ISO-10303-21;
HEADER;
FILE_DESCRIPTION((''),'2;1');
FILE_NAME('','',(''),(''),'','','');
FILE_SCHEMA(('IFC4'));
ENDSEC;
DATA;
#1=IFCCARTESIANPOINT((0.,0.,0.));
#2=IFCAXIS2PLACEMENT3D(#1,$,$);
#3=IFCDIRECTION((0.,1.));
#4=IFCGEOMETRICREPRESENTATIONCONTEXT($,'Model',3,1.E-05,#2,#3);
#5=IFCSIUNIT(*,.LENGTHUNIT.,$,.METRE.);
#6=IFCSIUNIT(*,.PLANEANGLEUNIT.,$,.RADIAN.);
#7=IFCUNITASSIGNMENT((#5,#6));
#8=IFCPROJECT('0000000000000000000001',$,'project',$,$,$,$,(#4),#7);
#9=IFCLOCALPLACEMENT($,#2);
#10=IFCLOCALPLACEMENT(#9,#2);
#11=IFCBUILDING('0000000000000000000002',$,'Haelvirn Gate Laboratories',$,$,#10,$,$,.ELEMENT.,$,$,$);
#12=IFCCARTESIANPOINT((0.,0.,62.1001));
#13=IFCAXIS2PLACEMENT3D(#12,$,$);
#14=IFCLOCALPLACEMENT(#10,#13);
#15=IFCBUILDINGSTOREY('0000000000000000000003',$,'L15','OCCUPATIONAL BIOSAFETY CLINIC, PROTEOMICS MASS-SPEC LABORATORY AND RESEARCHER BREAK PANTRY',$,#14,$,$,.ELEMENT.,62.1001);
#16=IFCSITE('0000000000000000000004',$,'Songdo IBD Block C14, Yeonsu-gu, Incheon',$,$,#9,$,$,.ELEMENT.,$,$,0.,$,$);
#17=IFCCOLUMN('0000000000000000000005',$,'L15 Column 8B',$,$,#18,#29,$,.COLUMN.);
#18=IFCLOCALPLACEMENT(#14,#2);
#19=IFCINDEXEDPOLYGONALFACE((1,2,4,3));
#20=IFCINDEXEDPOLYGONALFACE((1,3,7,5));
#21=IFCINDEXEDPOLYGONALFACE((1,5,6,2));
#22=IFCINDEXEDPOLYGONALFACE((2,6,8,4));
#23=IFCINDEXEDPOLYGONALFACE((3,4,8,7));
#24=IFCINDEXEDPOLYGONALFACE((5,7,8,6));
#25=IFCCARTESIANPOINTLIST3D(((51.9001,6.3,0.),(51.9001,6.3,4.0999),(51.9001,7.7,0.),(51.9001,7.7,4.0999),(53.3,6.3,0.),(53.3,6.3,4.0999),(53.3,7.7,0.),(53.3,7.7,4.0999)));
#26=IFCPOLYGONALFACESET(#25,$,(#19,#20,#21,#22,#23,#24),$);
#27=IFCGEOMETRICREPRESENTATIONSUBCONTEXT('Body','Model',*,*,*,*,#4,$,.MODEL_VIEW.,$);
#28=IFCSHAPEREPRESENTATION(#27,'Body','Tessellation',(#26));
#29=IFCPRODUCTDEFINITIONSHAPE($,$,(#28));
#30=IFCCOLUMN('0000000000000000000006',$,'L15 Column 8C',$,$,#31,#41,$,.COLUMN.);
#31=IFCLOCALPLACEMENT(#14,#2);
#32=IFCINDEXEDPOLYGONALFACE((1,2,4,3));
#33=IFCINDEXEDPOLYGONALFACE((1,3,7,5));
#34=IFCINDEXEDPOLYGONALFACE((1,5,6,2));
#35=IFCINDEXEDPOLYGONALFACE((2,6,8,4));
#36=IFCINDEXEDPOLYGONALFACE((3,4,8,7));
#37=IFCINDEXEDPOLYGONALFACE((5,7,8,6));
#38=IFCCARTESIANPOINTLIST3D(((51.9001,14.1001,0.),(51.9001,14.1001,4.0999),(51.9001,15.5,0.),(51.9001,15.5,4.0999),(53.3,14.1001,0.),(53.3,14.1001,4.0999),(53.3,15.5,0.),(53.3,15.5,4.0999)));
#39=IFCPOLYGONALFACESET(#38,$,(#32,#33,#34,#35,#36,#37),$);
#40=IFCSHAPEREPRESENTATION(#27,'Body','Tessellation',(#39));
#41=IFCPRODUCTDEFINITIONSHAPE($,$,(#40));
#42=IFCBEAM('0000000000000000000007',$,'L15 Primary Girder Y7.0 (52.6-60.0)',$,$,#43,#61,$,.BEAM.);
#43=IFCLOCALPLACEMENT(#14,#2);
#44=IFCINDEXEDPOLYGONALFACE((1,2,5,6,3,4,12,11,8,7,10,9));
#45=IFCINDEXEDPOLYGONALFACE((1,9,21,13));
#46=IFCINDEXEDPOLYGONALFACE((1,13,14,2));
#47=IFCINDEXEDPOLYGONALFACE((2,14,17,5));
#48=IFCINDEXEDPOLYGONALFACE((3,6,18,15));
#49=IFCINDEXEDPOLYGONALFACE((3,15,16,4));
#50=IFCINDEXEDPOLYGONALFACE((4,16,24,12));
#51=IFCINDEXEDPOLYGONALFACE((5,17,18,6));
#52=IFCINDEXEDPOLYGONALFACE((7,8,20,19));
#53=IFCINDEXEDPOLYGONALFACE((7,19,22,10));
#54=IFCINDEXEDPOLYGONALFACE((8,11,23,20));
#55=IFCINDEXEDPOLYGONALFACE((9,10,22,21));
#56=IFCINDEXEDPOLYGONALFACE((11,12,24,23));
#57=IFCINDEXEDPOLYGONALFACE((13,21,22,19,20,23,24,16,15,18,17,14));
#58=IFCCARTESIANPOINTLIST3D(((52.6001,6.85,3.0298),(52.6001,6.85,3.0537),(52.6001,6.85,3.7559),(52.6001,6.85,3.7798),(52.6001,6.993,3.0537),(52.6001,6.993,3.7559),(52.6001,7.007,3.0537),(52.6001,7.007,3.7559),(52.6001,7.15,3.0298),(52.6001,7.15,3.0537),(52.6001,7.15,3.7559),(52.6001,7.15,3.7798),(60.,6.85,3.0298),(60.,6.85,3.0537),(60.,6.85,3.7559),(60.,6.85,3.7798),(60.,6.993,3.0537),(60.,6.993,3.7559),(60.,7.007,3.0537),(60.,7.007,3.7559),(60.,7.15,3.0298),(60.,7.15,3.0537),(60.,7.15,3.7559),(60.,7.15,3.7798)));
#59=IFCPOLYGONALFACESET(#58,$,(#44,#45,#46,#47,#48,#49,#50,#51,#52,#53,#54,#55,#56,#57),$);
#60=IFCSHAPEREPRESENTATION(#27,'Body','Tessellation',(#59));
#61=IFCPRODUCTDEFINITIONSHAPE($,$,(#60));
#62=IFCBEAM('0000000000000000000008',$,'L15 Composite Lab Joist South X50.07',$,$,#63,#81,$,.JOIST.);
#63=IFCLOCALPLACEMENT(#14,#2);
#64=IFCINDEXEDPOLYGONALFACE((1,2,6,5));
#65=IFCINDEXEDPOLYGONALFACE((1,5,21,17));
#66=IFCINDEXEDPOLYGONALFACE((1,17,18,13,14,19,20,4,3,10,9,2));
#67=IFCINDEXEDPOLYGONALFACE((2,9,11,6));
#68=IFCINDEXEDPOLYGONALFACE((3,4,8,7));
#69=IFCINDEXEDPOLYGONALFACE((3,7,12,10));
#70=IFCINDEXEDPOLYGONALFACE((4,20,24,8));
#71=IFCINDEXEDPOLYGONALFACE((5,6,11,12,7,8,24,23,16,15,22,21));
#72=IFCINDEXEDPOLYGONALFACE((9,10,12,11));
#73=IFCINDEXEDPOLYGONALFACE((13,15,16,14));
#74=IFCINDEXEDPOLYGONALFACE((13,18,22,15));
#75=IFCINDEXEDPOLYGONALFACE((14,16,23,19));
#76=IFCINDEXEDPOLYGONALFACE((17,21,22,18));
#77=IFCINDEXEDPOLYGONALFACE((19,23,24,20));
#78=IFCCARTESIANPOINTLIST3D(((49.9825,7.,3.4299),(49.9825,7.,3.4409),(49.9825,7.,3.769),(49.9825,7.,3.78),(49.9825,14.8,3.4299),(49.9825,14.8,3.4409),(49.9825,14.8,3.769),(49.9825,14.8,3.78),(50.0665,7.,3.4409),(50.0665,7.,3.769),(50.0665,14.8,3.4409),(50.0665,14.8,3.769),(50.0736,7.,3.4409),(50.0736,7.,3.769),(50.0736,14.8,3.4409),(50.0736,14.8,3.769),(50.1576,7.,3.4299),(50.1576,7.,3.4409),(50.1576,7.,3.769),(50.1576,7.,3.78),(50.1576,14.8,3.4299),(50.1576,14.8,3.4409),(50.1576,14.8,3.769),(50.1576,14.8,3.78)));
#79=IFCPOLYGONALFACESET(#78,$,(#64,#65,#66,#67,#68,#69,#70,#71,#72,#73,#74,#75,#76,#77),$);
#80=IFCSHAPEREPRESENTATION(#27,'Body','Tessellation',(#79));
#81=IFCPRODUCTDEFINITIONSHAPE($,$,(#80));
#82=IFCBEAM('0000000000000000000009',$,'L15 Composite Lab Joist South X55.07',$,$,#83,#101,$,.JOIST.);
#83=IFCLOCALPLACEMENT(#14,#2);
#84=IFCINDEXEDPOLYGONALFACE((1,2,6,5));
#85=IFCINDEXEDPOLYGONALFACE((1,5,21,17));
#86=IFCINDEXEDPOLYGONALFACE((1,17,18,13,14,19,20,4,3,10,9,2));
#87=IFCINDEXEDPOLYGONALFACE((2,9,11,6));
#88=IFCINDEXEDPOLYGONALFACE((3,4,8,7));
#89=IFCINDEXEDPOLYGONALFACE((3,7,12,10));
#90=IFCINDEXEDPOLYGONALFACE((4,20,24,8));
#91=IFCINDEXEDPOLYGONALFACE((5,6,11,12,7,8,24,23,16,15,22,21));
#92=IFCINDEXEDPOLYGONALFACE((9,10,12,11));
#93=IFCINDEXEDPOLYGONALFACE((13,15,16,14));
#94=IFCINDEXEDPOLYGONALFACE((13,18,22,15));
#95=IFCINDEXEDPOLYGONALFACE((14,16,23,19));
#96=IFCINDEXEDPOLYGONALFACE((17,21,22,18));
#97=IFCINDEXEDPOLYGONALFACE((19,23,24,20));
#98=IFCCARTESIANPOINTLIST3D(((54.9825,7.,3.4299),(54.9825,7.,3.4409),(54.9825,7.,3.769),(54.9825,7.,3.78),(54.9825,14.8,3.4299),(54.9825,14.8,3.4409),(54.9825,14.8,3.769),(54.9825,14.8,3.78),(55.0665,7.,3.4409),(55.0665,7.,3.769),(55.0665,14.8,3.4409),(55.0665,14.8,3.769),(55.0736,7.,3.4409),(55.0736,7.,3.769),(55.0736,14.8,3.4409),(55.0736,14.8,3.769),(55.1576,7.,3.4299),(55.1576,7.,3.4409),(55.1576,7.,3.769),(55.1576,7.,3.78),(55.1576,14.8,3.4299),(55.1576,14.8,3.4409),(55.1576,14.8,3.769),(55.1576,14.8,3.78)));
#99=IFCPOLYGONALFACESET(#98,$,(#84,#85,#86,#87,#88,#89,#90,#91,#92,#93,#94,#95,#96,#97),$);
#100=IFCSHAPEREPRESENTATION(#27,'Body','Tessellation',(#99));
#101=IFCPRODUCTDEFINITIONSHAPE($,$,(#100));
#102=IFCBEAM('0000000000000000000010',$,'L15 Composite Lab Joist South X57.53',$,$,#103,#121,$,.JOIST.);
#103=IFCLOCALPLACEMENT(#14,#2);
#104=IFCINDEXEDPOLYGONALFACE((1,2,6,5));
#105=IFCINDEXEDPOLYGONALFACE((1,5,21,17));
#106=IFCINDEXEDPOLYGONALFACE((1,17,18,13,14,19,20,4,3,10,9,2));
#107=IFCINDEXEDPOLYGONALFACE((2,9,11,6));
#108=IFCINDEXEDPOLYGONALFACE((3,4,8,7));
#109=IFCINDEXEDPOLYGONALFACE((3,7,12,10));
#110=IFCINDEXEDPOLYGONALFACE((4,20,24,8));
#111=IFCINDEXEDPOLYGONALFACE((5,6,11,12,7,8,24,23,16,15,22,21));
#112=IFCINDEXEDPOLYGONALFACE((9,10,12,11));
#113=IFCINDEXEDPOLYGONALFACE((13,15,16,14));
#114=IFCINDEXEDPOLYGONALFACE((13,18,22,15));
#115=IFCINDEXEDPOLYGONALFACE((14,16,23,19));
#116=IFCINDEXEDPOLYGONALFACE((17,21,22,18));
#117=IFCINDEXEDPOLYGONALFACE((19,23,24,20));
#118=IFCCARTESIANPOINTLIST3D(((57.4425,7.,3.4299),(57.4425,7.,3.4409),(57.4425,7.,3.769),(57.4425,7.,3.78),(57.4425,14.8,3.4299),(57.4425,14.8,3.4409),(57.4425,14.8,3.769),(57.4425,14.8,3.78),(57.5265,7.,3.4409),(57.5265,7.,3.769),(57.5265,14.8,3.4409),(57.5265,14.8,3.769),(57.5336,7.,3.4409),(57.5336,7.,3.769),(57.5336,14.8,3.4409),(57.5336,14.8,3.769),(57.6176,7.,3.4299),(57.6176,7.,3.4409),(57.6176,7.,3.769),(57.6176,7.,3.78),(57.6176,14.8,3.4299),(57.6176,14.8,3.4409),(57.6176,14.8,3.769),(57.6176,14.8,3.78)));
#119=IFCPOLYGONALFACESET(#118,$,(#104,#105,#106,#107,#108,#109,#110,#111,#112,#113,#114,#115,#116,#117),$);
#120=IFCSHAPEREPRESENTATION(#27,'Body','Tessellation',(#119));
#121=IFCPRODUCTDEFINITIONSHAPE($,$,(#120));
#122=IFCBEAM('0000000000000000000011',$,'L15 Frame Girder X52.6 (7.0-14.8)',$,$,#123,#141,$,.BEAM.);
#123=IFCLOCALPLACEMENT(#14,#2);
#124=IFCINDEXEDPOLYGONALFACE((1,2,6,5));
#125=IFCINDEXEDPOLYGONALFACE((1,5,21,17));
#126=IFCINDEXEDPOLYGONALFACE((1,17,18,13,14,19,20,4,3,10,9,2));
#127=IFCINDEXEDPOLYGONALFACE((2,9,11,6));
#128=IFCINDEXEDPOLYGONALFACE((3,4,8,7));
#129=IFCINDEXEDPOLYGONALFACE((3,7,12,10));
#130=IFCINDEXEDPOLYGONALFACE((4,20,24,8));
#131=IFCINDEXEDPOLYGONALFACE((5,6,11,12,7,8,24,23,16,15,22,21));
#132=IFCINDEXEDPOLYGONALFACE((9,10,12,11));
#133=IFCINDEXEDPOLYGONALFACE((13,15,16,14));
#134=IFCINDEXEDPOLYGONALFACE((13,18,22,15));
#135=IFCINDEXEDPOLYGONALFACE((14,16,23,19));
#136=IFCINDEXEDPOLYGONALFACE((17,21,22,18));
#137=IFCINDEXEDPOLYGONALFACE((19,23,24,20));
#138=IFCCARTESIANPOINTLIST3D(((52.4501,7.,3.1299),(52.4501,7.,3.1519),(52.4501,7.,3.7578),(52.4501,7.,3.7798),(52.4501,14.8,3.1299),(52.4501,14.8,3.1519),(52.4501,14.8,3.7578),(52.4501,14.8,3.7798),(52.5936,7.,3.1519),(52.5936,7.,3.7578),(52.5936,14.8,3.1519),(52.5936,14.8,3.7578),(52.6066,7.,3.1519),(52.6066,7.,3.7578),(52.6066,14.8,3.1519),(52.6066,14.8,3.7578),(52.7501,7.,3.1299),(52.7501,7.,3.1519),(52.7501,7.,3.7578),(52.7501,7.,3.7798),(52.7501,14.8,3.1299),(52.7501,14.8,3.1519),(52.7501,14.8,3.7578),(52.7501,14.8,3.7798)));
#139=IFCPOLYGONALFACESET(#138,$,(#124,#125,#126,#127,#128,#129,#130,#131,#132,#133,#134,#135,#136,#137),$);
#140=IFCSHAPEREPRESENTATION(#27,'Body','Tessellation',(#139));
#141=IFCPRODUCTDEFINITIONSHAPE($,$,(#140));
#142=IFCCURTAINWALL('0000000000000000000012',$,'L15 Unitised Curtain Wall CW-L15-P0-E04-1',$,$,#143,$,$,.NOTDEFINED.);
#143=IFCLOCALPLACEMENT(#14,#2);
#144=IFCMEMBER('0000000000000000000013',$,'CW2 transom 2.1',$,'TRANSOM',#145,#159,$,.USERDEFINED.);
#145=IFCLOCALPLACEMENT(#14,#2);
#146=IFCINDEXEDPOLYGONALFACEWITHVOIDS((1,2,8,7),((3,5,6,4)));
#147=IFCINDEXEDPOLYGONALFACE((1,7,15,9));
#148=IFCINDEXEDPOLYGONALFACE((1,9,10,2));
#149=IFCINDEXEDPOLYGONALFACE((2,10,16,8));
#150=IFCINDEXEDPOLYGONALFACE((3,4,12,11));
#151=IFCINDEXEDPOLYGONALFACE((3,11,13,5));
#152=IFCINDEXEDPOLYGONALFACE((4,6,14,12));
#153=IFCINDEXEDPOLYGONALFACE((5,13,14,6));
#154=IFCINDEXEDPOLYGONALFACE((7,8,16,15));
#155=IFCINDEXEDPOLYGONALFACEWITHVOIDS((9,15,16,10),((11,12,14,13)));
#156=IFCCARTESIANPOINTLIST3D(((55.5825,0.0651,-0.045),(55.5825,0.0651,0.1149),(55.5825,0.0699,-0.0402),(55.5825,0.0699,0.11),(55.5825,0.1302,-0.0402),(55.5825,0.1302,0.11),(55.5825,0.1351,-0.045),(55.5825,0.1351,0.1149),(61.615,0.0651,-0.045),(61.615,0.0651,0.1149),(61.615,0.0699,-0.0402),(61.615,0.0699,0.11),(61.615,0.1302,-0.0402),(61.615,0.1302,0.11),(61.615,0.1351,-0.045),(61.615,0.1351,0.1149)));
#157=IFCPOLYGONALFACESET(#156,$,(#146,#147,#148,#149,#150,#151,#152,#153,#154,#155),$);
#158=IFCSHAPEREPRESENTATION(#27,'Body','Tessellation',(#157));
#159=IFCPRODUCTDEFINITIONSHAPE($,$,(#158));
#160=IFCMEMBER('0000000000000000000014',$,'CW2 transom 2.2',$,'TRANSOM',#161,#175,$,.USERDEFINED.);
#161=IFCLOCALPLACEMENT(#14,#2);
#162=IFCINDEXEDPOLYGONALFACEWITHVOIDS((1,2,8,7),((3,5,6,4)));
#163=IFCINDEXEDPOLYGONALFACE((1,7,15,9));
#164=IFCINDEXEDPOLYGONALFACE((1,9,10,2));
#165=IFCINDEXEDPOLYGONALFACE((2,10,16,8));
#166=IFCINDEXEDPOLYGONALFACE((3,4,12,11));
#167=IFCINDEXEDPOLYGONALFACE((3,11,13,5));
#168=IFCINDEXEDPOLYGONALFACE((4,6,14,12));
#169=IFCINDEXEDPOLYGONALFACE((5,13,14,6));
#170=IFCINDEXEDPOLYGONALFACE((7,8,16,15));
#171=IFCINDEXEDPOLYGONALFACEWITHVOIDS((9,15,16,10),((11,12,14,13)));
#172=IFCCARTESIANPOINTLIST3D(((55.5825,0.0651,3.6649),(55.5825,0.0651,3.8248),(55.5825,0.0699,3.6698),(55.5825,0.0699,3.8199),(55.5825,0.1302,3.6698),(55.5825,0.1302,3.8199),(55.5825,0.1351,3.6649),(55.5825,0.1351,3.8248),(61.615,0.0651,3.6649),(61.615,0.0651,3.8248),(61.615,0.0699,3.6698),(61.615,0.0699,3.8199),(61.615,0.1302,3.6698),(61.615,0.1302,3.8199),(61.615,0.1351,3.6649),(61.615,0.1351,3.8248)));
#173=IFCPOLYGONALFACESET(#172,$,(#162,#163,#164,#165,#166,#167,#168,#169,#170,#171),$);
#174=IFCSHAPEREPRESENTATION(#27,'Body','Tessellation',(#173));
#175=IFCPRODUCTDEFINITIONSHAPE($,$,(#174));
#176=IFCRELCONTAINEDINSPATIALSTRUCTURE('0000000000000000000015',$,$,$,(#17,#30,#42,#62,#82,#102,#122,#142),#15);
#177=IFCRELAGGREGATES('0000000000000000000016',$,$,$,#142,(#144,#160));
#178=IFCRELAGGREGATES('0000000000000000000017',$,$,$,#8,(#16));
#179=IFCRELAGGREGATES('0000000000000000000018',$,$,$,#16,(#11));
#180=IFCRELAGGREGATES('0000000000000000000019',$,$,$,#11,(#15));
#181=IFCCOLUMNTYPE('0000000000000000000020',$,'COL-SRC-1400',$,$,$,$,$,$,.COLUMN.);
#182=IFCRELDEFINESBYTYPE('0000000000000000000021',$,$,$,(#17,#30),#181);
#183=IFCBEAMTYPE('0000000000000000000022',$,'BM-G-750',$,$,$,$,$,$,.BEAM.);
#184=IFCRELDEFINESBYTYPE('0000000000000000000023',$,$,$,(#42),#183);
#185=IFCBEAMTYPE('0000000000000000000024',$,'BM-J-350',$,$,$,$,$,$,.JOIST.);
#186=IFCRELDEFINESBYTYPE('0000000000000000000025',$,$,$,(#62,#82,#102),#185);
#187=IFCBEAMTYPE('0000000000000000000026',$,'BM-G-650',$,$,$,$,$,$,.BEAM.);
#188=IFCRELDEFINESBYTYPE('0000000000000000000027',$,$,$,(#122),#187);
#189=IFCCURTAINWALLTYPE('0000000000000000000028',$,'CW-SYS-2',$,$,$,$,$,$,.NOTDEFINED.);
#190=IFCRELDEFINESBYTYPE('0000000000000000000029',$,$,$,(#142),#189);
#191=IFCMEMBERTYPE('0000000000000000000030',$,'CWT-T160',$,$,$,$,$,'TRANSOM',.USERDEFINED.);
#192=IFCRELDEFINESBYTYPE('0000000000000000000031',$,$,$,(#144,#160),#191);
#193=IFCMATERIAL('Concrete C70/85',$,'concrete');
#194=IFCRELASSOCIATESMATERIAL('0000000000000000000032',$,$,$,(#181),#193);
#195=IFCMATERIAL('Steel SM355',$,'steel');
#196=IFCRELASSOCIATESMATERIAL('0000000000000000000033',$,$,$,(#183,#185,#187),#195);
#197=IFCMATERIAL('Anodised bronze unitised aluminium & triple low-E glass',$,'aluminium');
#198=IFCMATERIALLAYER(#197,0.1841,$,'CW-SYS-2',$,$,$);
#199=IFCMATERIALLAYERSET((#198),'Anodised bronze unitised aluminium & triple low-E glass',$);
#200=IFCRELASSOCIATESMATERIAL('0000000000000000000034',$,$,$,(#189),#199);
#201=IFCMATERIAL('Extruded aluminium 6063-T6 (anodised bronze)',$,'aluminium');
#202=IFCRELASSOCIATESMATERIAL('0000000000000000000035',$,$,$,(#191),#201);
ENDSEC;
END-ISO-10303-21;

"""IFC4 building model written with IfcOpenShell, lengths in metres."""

from ifc_helpers import new_model, si_unit, direction, frame, origin, origin_2d, place, context, subcontext, project, spatial, rectangle, hollow_rectangle, i_section, extrude, source, transform, mapped, material, layer, layer_set, material_profile, profile_set, type_object, type_shapes, element, aggregate, save


model = new_model("IFC4")

# Units and contexts
model_context = context("Model", 3, precision=1e-05, world=origin(), true_north=direction((0.0, 1.0)))
body_context = subcontext(model_context, "Body", "Model", "MODEL_VIEW")
ifc_project = project(units=[si_unit("LENGTHUNIT", "METRE"), si_unit("PLANEANGLEUNIT", "RADIAN")], contexts=[model_context])

# Site, building, storey
site_placement = place(None, origin())
site = spatial("IfcSite", under=ifc_project, at=site_placement, Name="Songdo IBD Block C14, Yeonsu-gu, Incheon", CompositionType="ELEMENT", RefElevation=0.0)
building_placement = place(site_placement, origin())
building = spatial("IfcBuilding", under=site, at=building_placement, Name="Haelvirn Gate Laboratories", CompositionType="ELEMENT")
storey_placement = place(building_placement, frame((0.0, 0.0, 62.1001)))
storey = spatial("IfcBuildingStorey", under=building, at=storey_placement, Name="L15", Description="OCCUPATIONAL BIOSAFETY CLINIC, PROTEOMICS MASS-SPEC LABORATORY AND RESEARCHER BREAK PANTRY", CompositionType="ELEMENT", Elevation=62.1001)

# Columns
ifc_material_1 = material(Name="Concrete C70/85", Category="concrete")
ifc_material_profile_1 = material_profile(ifc_material_1, rectangle(XDim=1.3999, YDim=1.3999, at=origin_2d()), Name="SRC-1400x1400")
ifc_profile_set_1 = profile_set([ifc_material_profile_1], Name="Concrete C70/85")
column_type = type_object("IfcColumnType", Name="COL-SRC-1400", PredefinedType="COLUMN", material=ifc_profile_set_1)
shared_shape_1 = source(origin(), body_context, "Body", "SweptSolid", [
    extrude(rectangle(XDim=1.3999, YDim=1.3999, at=origin_2d()), origin(), (0.0, 0.0, 1.0), 4.0999),
])
type_shapes(column_type, [shared_shape_1])
for number, where, z_axis, x_axis, name in (
    (1, (52.6001, 7.0, 0.0), (0.0, 0.0, 1.0), (1.0, 0.0, 0.0), "L15 Column 8B"),
    (2, (52.6001, 14.8, 0.0), (0.0, 0.0, 1.0), (1.0, 0.0, 0.0), "L15 Column 8C"),
):
    element("IfcColumn", number, at=place(storey_placement, frame(where, z_axis=z_axis, x_axis=x_axis)), inside=storey, type_object=column_type, Name=name, PredefinedType="COLUMN", context=body_context, shape_type="MappedRepresentation", body=[
        mapped(shared_shape_1, transform((0.0, 0.0, 0.0), scale=1.0)),
    ])

# Beams
ifc_material_2 = material(Name="Steel SM355", Category="steel")
ifc_material_profile_2 = material_profile(ifc_material_2, i_section(OverallWidth=0.3, OverallDepth=0.75, WebThickness=0.0139, FlangeThickness=0.0239, at=origin_2d()), Name="H-750x300x14x24")
ifc_profile_set_2 = profile_set([ifc_material_profile_2], Name="Steel SM355")
beam_type_1 = type_object("IfcBeamType", Name="BM-G-750", PredefinedType="BEAM", material=ifc_profile_set_2)
shared_shape_2 = source(origin(), body_context, "Body", "SweptSolid", [
    extrude(i_section(OverallWidth=0.3, OverallDepth=0.75, WebThickness=0.0139, FlangeThickness=0.0239, at=origin_2d()), origin(), (0.0, 0.0, 1.0), 7.3999),
])
type_shapes(beam_type_1, [shared_shape_2])
beam_1_placement = place(storey_placement, frame((52.6001, 7.0, 3.4048), z_axis=(1.0, 0.0, 0.0), x_axis=(0.0, 1.0, 0.0)))
element("IfcBeam", 3, at=beam_1_placement, inside=storey, type_object=beam_type_1, Name="L15 Primary Girder Y7.0 (52.6-60.0)", PredefinedType="BEAM", context=body_context, shape_type="MappedRepresentation", body=[
    mapped(shared_shape_2, transform((0.0, 0.0, 0.0), scale=1.0)),
])
ifc_material_profile_3 = material_profile(ifc_material_2, i_section(OverallWidth=0.175, OverallDepth=0.3501, WebThickness=0.0071, FlangeThickness=0.011, at=origin_2d()), Name="H-350x175x7x11")
ifc_profile_set_3 = profile_set([ifc_material_profile_3], Name="Steel SM355")
beam_type_2 = type_object("IfcBeamType", Name="BM-J-350", PredefinedType="JOIST", material=ifc_profile_set_3)
shared_shape_3 = source(origin(), body_context, "Body", "SweptSolid", [
    extrude(i_section(OverallWidth=0.175, OverallDepth=0.3501, WebThickness=0.0071, FlangeThickness=0.011, at=origin_2d()), origin(), (0.0, 0.0, 1.0), 7.8),
])
type_shapes(beam_type_2, [shared_shape_3])
for number, where, z_axis, x_axis, name in (
    (4, (50.0701, 7.0, 3.605), (0.0, 1.0, 0.0), (-1.0, 0.0, 0.0), "L15 Composite Lab Joist South X50.07"),
    (5, (55.0701, 7.0, 3.605), (0.0, 1.0, 0.0), (-1.0, 0.0, 0.0), "L15 Composite Lab Joist South X55.07"),
    (6, (57.53, 7.0, 3.605), (0.0, 1.0, 0.0), (-1.0, 0.0, 0.0), "L15 Composite Lab Joist South X57.53"),
):
    element("IfcBeam", number, at=place(storey_placement, frame(where, z_axis=z_axis, x_axis=x_axis)), inside=storey, type_object=beam_type_2, Name=name, PredefinedType="JOIST", context=body_context, shape_type="MappedRepresentation", body=[
        mapped(shared_shape_3, transform((0.0, 0.0, 0.0), scale=1.0)),
    ])
ifc_material_profile_4 = material_profile(ifc_material_2, i_section(OverallWidth=0.3, OverallDepth=0.6499, WebThickness=0.0129, FlangeThickness=0.022, at=origin_2d()), Name="H-650x300x13x22")
ifc_profile_set_4 = profile_set([ifc_material_profile_4], Name="Steel SM355")
beam_type_3 = type_object("IfcBeamType", Name="BM-G-650", PredefinedType="BEAM", material=ifc_profile_set_4)
shared_shape_4 = source(origin(), body_context, "Body", "SweptSolid", [
    extrude(i_section(OverallWidth=0.3, OverallDepth=0.6499, WebThickness=0.0129, FlangeThickness=0.022, at=origin_2d()), origin(), (0.0, 0.0, 1.0), 7.8),
])
type_shapes(beam_type_3, [shared_shape_4])
beam_2_placement = place(storey_placement, frame((52.6001, 7.0, 3.4548), z_axis=(0.0, 1.0, 0.0), x_axis=(-1.0, 0.0, 0.0)))
element("IfcBeam", 7, at=beam_2_placement, inside=storey, type_object=beam_type_3, Name="L15 Frame Girder X52.6 (7.0-14.8)", PredefinedType="BEAM", context=body_context, shape_type="MappedRepresentation", body=[
    mapped(shared_shape_4, transform((0.0, 0.0, 0.0), scale=1.0)),
])

# Curtain wall, members
ifc_material_3 = material(Name="Anodised bronze unitised aluminium & triple low-E glass", Category="aluminium")
ifc_layer_1 = layer(ifc_material_3, 0.1841, Name="CW-SYS-2")
ifc_layer_set_1 = layer_set([ifc_layer_1], Name="Anodised bronze unitised aluminium & triple low-E glass")
curtain_wall_type = type_object("IfcCurtainWallType", Name="CW-SYS-2", PredefinedType="NOTDEFINED", material=ifc_layer_set_1)
curtain_wall_1_placement = place(storey_placement, origin())
curtain_wall_1 = element("IfcCurtainWall", 8, at=curtain_wall_1_placement, inside=storey, type_object=curtain_wall_type, Name="L15 Unitised Curtain Wall CW-L15-P0-E04-1", PredefinedType="NOTDEFINED")
ifc_material_4 = material(Name="Extruded aluminium 6063-T6 (anodised bronze)", Category="aluminium")
ifc_material_profile_5 = material_profile(ifc_material_4, hollow_rectangle(XDim=0.0701, YDim=0.1599, WallThickness=0.0049, at=origin_2d()), Name="CWT-160x70x5")
ifc_profile_set_5 = profile_set([ifc_material_profile_5], Name="Extruded aluminium 6063-T6 (anodised bronze)")
member_type_1 = type_object("IfcMemberType", Name="CWT-T160", ElementType="TRANSOM", PredefinedType="USERDEFINED", material=ifc_profile_set_5)
shared_shape_5 = source(origin(), body_context, "Body", "SweptSolid", [
    extrude(hollow_rectangle(XDim=0.0701, YDim=0.1599, WallThickness=0.0049, at=origin_2d()), origin(), (0.0, 0.0, 1.0), 6.0325),
])
type_shapes(member_type_1, [shared_shape_5])
member_1_placement = place(storey_placement, frame((55.5825, 0.1001, 0.0349), z_axis=(1.0, 0.0, 0.0), x_axis=(0.0, 1.0, 0.0)))
member_1 = element("IfcMember", 9, at=member_1_placement, type_object=member_type_1, Name="CW2 transom 2.1", ObjectType="TRANSOM", PredefinedType="USERDEFINED", context=body_context, shape_type="MappedRepresentation", body=[
    mapped(shared_shape_5, transform((0.0, 0.0, 0.0), scale=1.0)),
])
member_2_placement = place(storey_placement, frame((55.5825, 0.1001, 3.7449), z_axis=(1.0, 0.0, 0.0), x_axis=(0.0, 1.0, 0.0)))
member_2 = element("IfcMember", 10, at=member_2_placement, type_object=member_type_1, Name="CW2 transom 2.2", ObjectType="TRANSOM", PredefinedType="USERDEFINED", context=body_context, shape_type="MappedRepresentation", body=[
    mapped(shared_shape_5, transform((0.0, 0.0, 0.0), scale=1.0)),
])

aggregate(curtain_wall_1, [member_1, member_2])

save(model, "model.ifc")
